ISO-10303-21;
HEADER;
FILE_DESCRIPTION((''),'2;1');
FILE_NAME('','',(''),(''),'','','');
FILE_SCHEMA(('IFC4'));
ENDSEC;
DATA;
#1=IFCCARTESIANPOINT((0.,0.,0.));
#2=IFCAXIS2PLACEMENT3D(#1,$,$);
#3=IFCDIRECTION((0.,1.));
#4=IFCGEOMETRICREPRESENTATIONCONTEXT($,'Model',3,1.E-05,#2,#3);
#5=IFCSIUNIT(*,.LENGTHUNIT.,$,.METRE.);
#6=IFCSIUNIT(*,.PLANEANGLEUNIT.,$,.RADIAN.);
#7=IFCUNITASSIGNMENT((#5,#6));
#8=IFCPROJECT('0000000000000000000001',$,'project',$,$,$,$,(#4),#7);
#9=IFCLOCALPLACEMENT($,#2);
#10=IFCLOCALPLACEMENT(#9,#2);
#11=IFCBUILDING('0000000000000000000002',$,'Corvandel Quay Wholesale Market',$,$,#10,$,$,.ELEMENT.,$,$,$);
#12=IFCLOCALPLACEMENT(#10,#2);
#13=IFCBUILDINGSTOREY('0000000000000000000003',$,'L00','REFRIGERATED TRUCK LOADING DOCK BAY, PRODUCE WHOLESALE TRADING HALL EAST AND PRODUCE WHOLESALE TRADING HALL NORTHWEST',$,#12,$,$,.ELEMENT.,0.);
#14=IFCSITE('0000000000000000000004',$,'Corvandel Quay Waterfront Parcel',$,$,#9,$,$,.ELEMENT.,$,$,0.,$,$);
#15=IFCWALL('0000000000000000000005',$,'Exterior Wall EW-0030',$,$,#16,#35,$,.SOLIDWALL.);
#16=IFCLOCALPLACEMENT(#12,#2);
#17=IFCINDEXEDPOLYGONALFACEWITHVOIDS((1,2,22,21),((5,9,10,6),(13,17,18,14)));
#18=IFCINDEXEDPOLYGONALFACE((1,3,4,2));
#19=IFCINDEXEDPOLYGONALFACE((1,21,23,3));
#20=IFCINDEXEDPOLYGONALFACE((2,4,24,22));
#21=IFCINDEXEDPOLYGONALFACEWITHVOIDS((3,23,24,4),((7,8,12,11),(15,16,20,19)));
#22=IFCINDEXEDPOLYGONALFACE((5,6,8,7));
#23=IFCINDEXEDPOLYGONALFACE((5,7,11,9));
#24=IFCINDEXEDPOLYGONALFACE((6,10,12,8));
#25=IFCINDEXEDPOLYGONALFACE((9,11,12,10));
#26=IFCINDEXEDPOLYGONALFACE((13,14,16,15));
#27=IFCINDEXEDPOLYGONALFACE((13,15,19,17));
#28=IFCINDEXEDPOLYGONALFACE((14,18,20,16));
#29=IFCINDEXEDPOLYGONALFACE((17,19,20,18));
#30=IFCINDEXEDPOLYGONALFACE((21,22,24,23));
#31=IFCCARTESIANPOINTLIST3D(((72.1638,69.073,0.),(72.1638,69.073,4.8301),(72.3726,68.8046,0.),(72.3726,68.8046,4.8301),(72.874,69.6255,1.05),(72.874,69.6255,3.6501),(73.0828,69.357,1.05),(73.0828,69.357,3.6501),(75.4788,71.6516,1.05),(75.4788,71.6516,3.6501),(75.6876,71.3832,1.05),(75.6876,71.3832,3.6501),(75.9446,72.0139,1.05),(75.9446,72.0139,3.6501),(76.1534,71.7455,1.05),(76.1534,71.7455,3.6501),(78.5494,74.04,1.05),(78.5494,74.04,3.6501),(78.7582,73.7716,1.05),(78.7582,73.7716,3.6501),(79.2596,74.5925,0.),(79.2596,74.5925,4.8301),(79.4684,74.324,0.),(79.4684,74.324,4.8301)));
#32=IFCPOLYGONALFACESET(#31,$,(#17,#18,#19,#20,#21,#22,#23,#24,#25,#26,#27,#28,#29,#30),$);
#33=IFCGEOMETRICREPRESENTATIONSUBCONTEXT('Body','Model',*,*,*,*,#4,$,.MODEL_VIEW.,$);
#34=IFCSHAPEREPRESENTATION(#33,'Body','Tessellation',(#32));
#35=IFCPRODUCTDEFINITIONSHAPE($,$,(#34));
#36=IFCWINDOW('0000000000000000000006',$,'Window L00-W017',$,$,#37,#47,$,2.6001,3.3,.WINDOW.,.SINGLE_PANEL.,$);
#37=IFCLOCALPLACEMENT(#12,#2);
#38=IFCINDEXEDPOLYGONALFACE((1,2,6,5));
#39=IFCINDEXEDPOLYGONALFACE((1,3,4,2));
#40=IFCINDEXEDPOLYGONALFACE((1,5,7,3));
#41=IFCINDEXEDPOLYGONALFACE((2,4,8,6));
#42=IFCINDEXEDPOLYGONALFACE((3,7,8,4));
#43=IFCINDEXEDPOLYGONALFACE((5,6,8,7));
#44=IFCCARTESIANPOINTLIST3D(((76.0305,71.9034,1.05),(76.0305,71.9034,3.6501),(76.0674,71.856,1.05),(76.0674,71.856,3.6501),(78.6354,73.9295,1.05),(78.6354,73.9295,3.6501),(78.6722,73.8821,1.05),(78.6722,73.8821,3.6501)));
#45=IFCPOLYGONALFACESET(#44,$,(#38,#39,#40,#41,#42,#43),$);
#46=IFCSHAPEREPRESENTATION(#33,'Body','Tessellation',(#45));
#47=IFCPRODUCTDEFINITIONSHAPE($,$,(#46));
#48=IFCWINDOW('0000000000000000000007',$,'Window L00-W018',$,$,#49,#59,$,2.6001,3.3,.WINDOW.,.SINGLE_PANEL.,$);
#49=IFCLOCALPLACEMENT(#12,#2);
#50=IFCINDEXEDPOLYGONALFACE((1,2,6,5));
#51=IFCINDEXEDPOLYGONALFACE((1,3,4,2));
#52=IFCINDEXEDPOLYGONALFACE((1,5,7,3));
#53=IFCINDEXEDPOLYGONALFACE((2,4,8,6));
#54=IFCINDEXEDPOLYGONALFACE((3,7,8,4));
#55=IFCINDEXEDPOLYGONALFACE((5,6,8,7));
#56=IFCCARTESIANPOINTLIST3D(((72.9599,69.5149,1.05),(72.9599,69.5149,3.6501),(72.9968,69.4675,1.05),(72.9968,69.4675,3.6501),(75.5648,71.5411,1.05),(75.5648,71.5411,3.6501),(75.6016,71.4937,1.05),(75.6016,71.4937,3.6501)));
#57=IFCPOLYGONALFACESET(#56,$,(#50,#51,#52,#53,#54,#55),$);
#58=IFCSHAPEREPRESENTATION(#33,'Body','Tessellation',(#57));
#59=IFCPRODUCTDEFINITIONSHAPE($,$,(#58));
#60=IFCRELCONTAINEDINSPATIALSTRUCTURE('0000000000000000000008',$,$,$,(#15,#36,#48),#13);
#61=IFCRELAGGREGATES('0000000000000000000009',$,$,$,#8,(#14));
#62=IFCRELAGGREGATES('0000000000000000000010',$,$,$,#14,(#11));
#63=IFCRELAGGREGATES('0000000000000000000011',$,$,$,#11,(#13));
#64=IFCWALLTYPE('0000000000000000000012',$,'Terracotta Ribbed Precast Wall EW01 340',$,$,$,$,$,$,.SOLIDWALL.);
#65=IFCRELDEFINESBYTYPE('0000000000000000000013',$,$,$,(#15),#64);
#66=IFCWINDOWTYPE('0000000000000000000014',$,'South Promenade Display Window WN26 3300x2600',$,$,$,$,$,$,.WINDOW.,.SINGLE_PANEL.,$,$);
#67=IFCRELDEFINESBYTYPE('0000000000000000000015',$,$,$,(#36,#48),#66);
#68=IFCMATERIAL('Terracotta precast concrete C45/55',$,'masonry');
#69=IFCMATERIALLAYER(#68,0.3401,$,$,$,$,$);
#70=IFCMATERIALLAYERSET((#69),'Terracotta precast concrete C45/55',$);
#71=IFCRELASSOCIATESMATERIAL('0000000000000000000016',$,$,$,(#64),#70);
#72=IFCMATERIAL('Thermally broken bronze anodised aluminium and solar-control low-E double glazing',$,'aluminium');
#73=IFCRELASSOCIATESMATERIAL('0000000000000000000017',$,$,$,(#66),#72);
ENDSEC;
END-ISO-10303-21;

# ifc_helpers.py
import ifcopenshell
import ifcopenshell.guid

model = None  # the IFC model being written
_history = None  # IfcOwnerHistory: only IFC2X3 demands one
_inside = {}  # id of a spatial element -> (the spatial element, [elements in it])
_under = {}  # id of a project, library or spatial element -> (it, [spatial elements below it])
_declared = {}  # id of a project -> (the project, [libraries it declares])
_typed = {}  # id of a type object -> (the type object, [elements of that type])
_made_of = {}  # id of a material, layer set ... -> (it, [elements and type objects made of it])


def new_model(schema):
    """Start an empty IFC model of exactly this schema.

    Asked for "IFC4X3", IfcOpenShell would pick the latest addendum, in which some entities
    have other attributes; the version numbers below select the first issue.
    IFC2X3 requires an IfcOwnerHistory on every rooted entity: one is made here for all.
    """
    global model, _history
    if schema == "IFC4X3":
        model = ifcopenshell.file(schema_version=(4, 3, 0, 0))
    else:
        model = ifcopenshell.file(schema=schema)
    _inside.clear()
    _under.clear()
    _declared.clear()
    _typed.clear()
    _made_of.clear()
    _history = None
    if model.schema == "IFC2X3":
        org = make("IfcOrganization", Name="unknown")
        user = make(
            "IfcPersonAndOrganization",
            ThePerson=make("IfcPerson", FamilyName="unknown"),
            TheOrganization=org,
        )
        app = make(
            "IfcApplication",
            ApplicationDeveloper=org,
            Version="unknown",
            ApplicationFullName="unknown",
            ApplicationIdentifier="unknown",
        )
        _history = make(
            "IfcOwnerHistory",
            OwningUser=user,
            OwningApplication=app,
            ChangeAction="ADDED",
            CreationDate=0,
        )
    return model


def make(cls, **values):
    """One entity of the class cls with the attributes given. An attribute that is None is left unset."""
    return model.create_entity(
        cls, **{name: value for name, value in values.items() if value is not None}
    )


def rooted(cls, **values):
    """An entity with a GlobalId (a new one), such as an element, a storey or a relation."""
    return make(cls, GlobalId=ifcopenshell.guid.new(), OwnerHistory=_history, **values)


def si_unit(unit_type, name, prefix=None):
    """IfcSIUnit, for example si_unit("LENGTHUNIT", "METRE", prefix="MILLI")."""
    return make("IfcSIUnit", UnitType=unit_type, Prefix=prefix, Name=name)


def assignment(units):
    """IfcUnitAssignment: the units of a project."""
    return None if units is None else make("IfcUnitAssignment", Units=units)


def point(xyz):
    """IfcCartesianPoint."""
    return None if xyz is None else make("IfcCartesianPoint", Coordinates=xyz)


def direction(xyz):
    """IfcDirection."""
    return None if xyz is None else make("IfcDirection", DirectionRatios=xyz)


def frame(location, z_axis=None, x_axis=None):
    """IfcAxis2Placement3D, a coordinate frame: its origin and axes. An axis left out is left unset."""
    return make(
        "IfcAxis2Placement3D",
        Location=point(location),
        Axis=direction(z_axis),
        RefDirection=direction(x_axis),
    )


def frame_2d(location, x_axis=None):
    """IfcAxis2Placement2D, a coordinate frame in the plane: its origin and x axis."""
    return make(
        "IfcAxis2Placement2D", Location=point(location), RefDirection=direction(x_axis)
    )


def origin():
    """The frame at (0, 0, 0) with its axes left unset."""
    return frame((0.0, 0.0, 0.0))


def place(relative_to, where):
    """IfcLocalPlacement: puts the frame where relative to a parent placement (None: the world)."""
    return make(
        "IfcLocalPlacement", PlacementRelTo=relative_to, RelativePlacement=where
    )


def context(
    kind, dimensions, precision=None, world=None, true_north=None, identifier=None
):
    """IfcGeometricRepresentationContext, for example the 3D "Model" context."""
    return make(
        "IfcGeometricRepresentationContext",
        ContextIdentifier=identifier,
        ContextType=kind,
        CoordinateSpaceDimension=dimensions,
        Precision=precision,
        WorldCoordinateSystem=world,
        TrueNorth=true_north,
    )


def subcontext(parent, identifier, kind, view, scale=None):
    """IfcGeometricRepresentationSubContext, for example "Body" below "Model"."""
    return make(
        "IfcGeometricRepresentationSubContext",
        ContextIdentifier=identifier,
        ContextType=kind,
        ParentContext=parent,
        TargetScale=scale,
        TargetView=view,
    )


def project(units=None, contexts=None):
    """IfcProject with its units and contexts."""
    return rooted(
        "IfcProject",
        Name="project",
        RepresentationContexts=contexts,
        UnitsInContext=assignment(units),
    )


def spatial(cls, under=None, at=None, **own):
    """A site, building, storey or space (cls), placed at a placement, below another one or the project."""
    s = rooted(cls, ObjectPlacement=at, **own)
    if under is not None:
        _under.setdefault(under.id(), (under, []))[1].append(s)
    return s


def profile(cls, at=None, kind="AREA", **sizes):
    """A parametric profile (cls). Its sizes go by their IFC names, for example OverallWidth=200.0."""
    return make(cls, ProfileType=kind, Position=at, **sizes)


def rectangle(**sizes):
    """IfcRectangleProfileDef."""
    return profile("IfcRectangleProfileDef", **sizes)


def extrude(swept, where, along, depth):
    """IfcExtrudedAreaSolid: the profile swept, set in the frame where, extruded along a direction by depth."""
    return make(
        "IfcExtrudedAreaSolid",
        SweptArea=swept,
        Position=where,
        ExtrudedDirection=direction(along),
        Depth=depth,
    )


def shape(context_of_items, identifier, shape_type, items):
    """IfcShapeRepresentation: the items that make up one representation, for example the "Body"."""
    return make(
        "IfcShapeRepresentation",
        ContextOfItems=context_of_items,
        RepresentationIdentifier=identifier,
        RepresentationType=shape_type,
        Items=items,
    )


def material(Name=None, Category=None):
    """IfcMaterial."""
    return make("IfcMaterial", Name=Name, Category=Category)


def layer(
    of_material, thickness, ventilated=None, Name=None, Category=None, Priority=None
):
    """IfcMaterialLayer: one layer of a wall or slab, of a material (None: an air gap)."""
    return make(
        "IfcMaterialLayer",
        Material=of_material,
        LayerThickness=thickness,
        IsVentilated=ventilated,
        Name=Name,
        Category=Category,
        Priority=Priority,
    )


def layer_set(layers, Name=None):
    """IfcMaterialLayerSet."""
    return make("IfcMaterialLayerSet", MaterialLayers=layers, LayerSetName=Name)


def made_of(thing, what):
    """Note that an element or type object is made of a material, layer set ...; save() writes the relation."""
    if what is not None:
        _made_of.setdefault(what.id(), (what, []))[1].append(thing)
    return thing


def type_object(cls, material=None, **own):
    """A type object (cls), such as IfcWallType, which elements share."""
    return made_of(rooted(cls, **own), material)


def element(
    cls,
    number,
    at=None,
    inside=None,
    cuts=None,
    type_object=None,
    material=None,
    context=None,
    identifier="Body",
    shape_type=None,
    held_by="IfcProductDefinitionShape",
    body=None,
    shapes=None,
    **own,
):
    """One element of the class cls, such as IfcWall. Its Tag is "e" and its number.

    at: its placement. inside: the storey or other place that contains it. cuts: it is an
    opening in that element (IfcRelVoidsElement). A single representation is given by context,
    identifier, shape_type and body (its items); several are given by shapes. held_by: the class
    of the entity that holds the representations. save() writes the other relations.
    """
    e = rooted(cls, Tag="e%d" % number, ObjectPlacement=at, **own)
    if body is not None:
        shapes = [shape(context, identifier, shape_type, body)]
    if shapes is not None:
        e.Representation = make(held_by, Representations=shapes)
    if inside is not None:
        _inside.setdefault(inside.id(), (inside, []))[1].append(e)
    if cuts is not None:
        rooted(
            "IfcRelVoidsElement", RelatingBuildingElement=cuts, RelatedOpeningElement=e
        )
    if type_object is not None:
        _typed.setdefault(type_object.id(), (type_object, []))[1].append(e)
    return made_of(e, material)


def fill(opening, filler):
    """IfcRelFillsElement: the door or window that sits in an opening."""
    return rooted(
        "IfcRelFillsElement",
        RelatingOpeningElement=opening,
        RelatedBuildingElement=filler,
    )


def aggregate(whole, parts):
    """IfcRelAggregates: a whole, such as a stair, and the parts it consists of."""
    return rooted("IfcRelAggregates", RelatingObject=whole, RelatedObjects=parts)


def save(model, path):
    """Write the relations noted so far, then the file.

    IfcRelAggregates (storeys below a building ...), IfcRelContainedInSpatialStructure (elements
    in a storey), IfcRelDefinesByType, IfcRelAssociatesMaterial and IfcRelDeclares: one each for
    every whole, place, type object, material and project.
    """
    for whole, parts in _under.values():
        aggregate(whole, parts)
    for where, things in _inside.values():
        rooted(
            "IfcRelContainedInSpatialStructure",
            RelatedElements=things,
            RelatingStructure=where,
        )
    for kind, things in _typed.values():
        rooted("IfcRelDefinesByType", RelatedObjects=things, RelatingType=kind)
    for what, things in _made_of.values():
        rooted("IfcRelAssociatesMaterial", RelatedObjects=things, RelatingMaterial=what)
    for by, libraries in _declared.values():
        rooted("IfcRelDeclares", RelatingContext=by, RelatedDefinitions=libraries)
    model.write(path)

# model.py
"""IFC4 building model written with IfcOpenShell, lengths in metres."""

from ifc_helpers import new_model, si_unit, direction, frame, frame_2d, origin, place, context, subcontext, project, spatial, rectangle, extrude, material, layer, layer_set, type_object, element, fill, save


model = new_model("IFC4")

# Units and contexts
model_context = context("Model", 3, precision=1e-05, world=origin(), true_north=direction((0.0, 1.0)))
body_context = subcontext(model_context, "Body", "Model", "MODEL_VIEW")
ifc_project = project(units=[si_unit("LENGTHUNIT", "METRE"), si_unit("PLANEANGLEUNIT", "RADIAN")], contexts=[model_context])

# Site, building, storey
site_placement = place(None, origin())
site = spatial("IfcSite", under=ifc_project, at=site_placement, Name="Corvandel Quay Waterfront Parcel", CompositionType="ELEMENT", RefElevation=0.0)
building_placement = place(site_placement, origin())
building = spatial("IfcBuilding", under=site, at=building_placement, Name="Corvandel Quay Wholesale Market", CompositionType="ELEMENT")
storey_placement = place(building_placement, origin())
storey = spatial("IfcBuildingStorey", under=building, at=storey_placement, Name="L00", Description="REFRIGERATED TRUCK LOADING DOCK BAY, PRODUCE WHOLESALE TRADING HALL EAST AND PRODUCE WHOLESALE TRADING HALL NORTHWEST", CompositionType="ELEMENT", Elevation=0.0)

# Wall, openings, windows
ifc_material_1 = material(Name="Terracotta precast concrete C45/55", Category="masonry")
ifc_layer_1 = layer(ifc_material_1, 0.3401)
ifc_layer_set_1 = layer_set([ifc_layer_1], Name="Terracotta precast concrete C45/55")
wall_type_1 = type_object("IfcWallType", Name="Terracotta Ribbed Precast Wall EW01 340", PredefinedType="SOLIDWALL", material=ifc_layer_set_1)
wall_1_placement = place(storey_placement, frame((79.364, 74.4583, 0.0), z_axis=(0.0, 0.0, 1.0), x_axis=(-0.789327, -0.613973, 0.0)))
wall_1 = element("IfcWall", 1, at=wall_1_placement, inside=storey, type_object=wall_type_1, Name="Exterior Wall EW-0030", PredefinedType="SOLIDWALL", context=body_context, shape_type="SweptSolid", body=[
    extrude(rectangle(XDim=8.9897, YDim=0.3401, at=frame_2d((4.4949, 0.0))), origin(), (0.0, 0.0, 1.0), 4.8301),
])
opening_1_placement = place(wall_1_placement, frame((0.8999, 0.0, 1.05)))
opening_1 = element("IfcOpeningElement", 2, at=opening_1_placement, cuts=wall_1, PredefinedType="OPENING", context=body_context, shape_type="SweptSolid", body=[
    extrude(rectangle(XDim=3.3, YDim=2.6001, at=frame_2d((1.6499, 1.3))), frame((0.0, 0.1799, 0.0), z_axis=(0.0, -1.0, 0.0), x_axis=(1.0, 0.0, 0.0)), (0.0, 0.0, 1.0), 0.3601),
])
opening_2_placement = place(wall_1_placement, frame((4.79, 0.0, 1.05)))
opening_2 = element("IfcOpeningElement", 3, at=opening_2_placement, cuts=wall_1, PredefinedType="OPENING", context=body_context, shape_type="SweptSolid", body=[
    extrude(rectangle(XDim=3.3, YDim=2.6001, at=frame_2d((1.6499, 1.3))), frame((0.0, 0.1799, 0.0), z_axis=(0.0, -1.0, 0.0), x_axis=(1.0, 0.0, 0.0)), (0.0, 0.0, 1.0), 0.3601),
])
ifc_material_2 = material(Name="Thermally broken bronze anodised aluminium and solar-control low-E double glazing", Category="aluminium")
window_type = type_object("IfcWindowType", Name="South Promenade Display Window WN26 3300x2600", PartitioningType="SINGLE_PANEL", PredefinedType="WINDOW", material=ifc_material_2)
window_1_placement = place(opening_1_placement, origin())
window_1 = element("IfcWindow", 4, at=window_1_placement, inside=storey, type_object=window_type, Name="Window L00-W017", OverallHeight=2.6001, OverallWidth=3.3, PartitioningType="SINGLE_PANEL", PredefinedType="WINDOW", context=body_context, shape_type="SweptSolid", body=[
    extrude(rectangle(XDim=3.3, YDim=2.6001, at=frame_2d((1.6499, 1.3))), frame((0.0, 0.03, 0.0), z_axis=(0.0, -1.0, 0.0), x_axis=(1.0, 0.0, 0.0)), (0.0, 0.0, 1.0), 0.0601),
])
fill(opening_1, window_1)
window_2_placement = place(opening_2_placement, origin())
window_2 = element("IfcWindow", 5, at=window_2_placement, inside=storey, type_object=window_type, Name="Window L00-W018", OverallHeight=2.6001, OverallWidth=3.3, PartitioningType="SINGLE_PANEL", PredefinedType="WINDOW", context=body_context, shape_type="SweptSolid", body=[
    extrude(rectangle(XDim=3.3, YDim=2.6001, at=frame_2d((1.6499, 1.3))), frame((0.0, 0.03, 0.0), z_axis=(0.0, -1.0, 0.0), x_axis=(1.0, 0.0, 0.0)), (0.0, 0.0, 1.0), 0.0601),
])
fill(opening_2, window_2)

save(model, "model.ifc")
